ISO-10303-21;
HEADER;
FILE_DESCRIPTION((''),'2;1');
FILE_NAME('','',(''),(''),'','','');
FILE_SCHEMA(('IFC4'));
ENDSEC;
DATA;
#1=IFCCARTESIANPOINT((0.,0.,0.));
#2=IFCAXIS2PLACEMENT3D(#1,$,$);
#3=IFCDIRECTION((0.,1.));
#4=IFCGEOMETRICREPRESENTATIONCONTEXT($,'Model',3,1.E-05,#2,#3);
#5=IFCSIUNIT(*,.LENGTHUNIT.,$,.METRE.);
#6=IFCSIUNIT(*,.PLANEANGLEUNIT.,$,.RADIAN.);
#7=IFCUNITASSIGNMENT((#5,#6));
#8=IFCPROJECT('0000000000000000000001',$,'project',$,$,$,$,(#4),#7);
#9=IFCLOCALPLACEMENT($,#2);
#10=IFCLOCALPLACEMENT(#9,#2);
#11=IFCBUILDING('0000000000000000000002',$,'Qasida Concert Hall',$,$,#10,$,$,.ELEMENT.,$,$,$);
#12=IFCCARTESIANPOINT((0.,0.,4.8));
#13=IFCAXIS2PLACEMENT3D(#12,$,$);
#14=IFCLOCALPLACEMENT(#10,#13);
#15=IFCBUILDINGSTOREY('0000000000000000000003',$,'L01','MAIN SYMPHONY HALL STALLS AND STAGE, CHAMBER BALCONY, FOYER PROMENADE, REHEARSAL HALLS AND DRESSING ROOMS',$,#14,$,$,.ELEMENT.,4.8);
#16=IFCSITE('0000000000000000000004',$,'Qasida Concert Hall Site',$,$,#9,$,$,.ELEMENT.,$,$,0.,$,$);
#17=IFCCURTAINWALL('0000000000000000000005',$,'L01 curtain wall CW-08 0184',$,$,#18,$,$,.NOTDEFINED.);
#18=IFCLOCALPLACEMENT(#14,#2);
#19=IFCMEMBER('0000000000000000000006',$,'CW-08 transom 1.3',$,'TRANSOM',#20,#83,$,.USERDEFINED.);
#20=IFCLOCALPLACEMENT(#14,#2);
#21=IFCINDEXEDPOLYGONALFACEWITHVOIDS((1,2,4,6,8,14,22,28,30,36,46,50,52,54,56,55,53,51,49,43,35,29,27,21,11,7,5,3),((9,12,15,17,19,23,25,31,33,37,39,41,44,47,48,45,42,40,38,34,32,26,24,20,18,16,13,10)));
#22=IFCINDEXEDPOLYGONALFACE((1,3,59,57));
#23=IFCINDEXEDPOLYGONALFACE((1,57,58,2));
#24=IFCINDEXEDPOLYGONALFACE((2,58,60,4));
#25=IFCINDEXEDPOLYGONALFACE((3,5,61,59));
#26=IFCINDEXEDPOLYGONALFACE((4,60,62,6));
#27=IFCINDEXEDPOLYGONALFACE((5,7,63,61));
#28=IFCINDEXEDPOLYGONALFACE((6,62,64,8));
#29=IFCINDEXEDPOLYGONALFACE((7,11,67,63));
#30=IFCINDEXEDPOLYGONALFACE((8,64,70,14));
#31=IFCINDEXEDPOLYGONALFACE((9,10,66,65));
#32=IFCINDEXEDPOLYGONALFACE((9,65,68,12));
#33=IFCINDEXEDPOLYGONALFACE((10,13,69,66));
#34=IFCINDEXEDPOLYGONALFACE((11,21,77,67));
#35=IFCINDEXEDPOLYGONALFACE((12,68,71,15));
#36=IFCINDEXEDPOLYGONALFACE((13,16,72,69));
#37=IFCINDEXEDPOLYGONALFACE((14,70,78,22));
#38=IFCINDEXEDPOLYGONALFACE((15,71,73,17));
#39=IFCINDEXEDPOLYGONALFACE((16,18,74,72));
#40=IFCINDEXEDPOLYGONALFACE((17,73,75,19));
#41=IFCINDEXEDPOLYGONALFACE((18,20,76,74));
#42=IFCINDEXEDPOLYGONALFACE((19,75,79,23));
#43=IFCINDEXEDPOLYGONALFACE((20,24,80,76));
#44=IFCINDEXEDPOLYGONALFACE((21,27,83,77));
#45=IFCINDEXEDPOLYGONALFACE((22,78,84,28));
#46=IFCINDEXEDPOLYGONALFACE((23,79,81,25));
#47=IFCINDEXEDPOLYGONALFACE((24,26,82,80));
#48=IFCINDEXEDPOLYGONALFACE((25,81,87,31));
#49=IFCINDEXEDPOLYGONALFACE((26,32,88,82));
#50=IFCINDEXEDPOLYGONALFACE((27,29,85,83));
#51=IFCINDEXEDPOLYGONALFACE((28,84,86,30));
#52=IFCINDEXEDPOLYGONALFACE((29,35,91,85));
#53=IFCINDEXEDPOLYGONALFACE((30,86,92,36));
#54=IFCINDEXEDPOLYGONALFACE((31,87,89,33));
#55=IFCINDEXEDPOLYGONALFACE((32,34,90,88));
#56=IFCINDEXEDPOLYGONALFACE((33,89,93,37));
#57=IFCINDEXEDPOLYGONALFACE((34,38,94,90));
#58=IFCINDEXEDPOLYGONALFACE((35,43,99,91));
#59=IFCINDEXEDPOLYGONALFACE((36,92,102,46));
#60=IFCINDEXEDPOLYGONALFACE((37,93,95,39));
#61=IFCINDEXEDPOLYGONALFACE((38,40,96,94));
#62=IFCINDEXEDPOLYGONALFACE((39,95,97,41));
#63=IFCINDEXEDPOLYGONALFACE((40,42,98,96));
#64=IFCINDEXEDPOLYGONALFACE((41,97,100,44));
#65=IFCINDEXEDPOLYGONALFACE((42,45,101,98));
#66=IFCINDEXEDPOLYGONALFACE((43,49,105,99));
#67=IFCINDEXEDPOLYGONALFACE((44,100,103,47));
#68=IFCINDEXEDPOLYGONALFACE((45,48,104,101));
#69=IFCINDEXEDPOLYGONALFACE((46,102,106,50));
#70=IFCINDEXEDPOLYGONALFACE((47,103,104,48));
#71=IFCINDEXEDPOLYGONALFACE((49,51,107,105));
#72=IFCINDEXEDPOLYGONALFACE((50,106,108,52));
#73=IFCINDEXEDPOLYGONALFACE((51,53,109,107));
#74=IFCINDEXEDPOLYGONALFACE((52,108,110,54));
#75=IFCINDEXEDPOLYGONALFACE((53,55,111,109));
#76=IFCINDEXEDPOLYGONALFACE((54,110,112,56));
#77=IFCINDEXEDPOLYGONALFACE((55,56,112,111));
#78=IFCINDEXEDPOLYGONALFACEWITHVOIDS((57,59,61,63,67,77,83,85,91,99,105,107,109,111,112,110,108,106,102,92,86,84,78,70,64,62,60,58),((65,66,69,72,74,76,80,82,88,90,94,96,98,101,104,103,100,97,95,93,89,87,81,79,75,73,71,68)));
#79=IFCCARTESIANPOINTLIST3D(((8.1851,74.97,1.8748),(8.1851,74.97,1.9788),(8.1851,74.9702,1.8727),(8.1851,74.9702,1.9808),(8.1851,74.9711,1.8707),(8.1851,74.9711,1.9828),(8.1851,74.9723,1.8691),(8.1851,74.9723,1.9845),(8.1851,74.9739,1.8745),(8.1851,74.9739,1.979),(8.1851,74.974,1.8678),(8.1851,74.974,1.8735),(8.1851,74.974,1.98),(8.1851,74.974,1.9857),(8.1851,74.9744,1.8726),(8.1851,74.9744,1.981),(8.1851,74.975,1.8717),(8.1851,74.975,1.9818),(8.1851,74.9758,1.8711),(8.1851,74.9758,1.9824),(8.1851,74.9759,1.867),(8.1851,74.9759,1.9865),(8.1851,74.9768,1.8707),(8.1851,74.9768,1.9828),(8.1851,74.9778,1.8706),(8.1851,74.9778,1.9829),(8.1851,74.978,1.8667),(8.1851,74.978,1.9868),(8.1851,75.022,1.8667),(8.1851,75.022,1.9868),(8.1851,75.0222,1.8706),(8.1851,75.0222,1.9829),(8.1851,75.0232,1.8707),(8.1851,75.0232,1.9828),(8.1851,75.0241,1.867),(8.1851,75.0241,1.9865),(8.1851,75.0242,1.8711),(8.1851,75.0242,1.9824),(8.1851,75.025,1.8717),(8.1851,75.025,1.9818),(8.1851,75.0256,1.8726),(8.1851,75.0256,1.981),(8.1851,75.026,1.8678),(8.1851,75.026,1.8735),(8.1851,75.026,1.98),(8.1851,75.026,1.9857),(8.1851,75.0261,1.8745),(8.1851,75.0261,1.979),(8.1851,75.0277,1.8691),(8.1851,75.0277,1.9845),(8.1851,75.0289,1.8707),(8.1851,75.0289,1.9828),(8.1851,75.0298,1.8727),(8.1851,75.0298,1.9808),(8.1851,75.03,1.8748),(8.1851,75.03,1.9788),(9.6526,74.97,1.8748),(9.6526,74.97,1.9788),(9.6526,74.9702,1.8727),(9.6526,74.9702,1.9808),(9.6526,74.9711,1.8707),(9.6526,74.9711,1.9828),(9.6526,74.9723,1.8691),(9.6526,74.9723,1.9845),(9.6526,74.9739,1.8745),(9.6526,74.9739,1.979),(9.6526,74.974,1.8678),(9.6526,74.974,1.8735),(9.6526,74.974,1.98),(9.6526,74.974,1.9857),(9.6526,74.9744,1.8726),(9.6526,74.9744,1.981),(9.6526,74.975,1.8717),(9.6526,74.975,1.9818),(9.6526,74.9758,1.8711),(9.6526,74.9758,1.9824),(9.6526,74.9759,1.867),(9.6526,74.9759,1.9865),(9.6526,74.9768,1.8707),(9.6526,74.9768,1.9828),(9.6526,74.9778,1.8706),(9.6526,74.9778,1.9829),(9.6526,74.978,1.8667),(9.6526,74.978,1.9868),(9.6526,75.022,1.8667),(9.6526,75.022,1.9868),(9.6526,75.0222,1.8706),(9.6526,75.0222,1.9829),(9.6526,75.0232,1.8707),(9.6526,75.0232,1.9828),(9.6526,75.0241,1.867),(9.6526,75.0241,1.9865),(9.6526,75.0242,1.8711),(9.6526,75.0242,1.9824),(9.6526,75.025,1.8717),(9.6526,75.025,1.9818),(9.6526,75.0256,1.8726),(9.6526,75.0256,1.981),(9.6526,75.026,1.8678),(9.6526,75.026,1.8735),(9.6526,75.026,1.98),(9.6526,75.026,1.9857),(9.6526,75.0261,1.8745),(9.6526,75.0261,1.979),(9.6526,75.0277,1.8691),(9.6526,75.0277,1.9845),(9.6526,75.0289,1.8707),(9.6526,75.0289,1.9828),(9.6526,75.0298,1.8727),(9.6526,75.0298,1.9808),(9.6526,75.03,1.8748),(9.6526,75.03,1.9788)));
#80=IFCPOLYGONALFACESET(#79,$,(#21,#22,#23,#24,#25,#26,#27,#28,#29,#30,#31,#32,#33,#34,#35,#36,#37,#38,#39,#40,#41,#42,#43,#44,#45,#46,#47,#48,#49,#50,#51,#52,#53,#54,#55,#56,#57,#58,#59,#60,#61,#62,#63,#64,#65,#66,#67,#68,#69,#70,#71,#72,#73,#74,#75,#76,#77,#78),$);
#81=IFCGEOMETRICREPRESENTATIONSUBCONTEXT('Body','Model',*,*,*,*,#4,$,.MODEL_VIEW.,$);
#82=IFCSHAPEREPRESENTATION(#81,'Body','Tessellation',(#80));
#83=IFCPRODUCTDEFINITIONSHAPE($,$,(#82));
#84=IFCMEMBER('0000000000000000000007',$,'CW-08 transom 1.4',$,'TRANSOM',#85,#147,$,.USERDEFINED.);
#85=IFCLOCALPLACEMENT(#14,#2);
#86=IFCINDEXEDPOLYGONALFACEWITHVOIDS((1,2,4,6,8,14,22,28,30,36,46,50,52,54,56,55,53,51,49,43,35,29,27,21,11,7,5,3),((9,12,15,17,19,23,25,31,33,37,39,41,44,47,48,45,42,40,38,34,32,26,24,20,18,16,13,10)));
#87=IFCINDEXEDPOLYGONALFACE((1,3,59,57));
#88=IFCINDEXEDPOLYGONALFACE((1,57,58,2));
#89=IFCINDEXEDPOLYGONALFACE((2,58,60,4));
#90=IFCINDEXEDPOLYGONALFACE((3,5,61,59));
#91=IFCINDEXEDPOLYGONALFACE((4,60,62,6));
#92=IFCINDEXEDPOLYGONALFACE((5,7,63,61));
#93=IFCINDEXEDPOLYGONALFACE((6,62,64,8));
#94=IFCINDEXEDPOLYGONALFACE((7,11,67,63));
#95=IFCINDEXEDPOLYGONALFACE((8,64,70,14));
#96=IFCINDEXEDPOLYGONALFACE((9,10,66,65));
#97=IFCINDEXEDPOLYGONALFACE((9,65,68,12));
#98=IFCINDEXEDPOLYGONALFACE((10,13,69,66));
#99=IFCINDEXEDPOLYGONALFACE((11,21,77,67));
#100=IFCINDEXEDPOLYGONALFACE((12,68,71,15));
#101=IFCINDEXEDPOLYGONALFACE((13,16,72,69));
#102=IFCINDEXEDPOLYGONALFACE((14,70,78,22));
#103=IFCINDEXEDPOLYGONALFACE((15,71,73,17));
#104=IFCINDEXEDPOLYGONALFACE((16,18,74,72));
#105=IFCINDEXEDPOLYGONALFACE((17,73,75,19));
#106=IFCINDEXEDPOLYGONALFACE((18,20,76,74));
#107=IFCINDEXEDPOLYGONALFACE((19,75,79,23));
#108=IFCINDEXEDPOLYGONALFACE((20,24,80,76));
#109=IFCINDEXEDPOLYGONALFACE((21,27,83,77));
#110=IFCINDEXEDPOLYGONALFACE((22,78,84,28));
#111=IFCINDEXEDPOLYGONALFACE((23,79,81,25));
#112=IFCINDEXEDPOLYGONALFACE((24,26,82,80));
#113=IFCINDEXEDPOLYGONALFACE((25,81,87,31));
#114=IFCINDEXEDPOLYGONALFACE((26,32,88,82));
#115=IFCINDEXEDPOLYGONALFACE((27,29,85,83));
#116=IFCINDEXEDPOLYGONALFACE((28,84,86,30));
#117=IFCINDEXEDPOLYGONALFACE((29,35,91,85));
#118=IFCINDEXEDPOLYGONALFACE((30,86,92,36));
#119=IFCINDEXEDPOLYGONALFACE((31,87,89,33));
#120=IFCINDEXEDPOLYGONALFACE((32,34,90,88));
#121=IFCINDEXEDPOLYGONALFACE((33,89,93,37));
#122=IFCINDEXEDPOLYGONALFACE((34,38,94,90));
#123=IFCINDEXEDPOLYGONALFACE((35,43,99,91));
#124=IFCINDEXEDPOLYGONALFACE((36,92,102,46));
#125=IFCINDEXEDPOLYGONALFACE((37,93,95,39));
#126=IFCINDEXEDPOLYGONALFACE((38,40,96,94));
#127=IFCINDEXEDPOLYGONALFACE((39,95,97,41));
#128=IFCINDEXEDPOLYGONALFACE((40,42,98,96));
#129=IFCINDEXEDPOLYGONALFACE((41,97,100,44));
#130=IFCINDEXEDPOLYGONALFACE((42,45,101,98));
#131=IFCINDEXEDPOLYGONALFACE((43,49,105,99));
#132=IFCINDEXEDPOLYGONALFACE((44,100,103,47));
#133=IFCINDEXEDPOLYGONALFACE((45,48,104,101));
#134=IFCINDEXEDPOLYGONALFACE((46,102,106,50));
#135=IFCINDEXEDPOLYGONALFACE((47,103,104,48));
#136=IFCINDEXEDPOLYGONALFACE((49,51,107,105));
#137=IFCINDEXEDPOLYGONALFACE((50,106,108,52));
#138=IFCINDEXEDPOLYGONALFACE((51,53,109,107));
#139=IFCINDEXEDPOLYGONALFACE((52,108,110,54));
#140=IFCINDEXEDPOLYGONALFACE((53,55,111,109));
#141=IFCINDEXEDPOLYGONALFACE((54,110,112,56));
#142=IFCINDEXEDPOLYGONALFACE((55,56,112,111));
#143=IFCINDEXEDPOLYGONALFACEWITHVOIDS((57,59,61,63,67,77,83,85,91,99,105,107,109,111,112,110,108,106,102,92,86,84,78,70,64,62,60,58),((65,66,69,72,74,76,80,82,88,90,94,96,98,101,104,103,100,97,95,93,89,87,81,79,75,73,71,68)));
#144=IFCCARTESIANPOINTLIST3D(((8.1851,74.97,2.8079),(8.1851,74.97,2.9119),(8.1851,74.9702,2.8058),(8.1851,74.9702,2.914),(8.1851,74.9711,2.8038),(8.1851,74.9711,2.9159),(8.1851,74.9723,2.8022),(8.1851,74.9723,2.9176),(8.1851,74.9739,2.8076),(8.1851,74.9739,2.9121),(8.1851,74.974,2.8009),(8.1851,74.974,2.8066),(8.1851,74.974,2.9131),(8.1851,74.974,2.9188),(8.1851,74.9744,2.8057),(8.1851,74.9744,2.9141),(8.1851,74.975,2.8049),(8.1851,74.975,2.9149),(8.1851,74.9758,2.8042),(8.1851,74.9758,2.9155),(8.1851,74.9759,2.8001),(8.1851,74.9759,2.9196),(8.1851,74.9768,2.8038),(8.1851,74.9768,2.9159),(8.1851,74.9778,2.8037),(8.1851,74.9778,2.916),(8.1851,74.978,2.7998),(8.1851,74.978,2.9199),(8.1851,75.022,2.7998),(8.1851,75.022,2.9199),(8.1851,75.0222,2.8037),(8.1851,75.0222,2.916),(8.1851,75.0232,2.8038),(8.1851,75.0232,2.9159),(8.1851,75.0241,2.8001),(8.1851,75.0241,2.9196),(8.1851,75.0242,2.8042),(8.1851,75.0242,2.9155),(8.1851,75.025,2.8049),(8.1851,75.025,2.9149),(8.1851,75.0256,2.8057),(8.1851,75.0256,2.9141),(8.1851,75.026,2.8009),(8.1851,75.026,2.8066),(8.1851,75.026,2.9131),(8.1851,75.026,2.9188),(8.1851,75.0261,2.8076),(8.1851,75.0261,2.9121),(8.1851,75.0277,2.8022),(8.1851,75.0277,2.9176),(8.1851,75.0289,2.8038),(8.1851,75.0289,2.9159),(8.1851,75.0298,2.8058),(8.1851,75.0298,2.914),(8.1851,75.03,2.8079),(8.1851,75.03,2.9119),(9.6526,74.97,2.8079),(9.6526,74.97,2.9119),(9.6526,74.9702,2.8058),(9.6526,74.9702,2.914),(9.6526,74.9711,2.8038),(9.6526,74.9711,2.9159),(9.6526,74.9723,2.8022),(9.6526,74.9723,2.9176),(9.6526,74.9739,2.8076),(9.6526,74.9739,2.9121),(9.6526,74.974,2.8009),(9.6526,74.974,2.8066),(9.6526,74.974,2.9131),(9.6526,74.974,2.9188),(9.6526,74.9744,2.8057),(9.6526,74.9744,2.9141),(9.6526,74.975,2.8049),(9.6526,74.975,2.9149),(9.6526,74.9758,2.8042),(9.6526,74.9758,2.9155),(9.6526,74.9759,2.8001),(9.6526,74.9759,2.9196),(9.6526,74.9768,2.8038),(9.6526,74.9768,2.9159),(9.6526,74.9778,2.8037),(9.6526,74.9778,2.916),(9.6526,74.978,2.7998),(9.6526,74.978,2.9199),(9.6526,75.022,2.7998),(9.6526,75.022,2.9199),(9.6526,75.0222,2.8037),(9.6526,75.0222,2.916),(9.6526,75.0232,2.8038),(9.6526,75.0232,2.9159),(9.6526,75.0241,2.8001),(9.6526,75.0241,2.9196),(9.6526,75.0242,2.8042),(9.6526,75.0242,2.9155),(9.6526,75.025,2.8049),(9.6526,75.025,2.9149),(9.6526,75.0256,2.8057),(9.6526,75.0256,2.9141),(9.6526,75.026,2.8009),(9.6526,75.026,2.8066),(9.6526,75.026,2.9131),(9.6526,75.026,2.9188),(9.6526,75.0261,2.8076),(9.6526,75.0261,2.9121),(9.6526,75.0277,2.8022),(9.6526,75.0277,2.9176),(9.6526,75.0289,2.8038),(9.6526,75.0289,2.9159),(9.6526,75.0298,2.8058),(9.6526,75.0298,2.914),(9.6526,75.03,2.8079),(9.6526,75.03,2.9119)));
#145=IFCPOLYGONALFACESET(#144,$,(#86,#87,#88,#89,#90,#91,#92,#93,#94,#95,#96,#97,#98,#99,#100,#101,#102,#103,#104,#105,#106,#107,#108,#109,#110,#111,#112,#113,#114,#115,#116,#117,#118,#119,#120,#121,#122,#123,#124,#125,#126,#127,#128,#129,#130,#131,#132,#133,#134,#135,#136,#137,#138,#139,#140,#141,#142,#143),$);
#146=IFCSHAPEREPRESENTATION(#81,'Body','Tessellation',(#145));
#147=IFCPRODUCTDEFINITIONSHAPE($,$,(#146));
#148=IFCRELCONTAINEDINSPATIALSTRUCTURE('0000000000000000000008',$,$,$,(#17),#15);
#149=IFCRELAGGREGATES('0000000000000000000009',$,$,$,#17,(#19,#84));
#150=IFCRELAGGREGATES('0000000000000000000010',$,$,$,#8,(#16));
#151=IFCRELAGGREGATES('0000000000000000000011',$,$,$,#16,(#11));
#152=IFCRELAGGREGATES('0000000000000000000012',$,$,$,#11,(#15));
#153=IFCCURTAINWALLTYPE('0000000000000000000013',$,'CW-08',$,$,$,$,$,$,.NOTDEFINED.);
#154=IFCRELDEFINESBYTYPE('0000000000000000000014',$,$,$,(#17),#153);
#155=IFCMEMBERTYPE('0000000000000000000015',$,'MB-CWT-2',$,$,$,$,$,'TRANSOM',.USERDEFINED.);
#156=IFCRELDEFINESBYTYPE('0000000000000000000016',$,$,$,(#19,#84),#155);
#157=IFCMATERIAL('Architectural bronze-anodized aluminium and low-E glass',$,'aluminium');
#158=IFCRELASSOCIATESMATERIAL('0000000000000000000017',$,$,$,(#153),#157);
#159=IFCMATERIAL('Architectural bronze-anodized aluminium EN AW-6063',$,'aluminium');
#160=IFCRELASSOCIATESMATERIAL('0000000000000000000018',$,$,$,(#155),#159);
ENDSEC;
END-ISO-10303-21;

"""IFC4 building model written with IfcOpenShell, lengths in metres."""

from ifc_helpers import new_model, si_unit, direction, frame, origin, origin_2d, place, context, subcontext, project, spatial, hollow_rectangle, extrude, material, material_profile, profile_set, type_object, element, aggregate, save


model = new_model("IFC4")

# Units and contexts
model_context = context("Model", 3, precision=1e-05, world=origin(), true_north=direction((0.0, 1.0)))
body_context = subcontext(model_context, "Body", "Model", "MODEL_VIEW")
ifc_project = project(units=[si_unit("LENGTHUNIT", "METRE"), si_unit("PLANEANGLEUNIT", "RADIAN")], contexts=[model_context])

# Site, building, storey
site_placement = place(None, origin())
site = spatial("IfcSite", under=ifc_project, at=site_placement, Name="Qasida Concert Hall Site", CompositionType="ELEMENT", RefElevation=0.0)
building_placement = place(site_placement, origin())
building = spatial("IfcBuilding", under=site, at=building_placement, Name="Qasida Concert Hall", CompositionType="ELEMENT")
storey_placement = place(building_placement, frame((0.0, 0.0, 4.8)))
storey = spatial("IfcBuildingStorey", under=building, at=storey_placement, Name="L01", Description="MAIN SYMPHONY HALL STALLS AND STAGE, CHAMBER BALCONY, FOYER PROMENADE, REHEARSAL HALLS AND DRESSING ROOMS", CompositionType="ELEMENT", Elevation=4.8)

# Curtain wall
ifc_material_1 = material(Name="Architectural bronze-anodized aluminium and low-E glass", Category="aluminium")
ifc_material_2 = material(Name="Architectural bronze-anodized aluminium EN AW-6063", Category="aluminium")
curtain_wall_type_1 = type_object("IfcCurtainWallType", Name="CW-08", PredefinedType="NOTDEFINED", material=ifc_material_1)
curtain_wall_1_placement = place(storey_placement, origin())
curtain_wall_1 = element("IfcCurtainWall", 1, at=curtain_wall_1_placement, inside=storey, type_object=curtain_wall_type_1, Name="L01 curtain wall CW-08 0184", PredefinedType="NOTDEFINED")

# Members
ifc_material_profile_1 = material_profile(ifc_material_2, hollow_rectangle(XDim=0.0601, YDim=0.1201, WallThickness=0.0039, InnerFilletRadius=0.0039, OuterFilletRadius=0.0081, at=origin_2d()), Name="CWT 120x60x4")
ifc_profile_set_1 = profile_set([ifc_material_profile_1], Name="Architectural bronze-anodized aluminium EN AW-6063")
member_type_1 = type_object("IfcMemberType", Name="MB-CWT-2", ElementType="TRANSOM", PredefinedType="USERDEFINED", material=ifc_profile_set_1)
member_1_placement = place(storey_placement, frame((8.1851, 75.0, 1.9268), z_axis=(1.0, 0.0, 0.0), x_axis=(0.0, 1.0, 0.0)))
member_1 = element("IfcMember", 2, at=member_1_placement, type_object=member_type_1, Name="CW-08 transom 1.3", ObjectType="TRANSOM", PredefinedType="USERDEFINED", context=body_context, shape_type="SweptSolid", body=[
    extrude(hollow_rectangle(XDim=0.0601, YDim=0.1201, WallThickness=0.0039, InnerFilletRadius=0.0039, OuterFilletRadius=0.0081, at=origin_2d()), origin(), (0.0, 0.0, 1.0), 1.4675),
])
member_2_placement = place(storey_placement, frame((8.1851, 75.0, 2.8599), z_axis=(1.0, 0.0, 0.0), x_axis=(0.0, 1.0, 0.0)))
member_2 = element("IfcMember", 3, at=member_2_placement, type_object=member_type_1, Name="CW-08 transom 1.4", ObjectType="TRANSOM", PredefinedType="USERDEFINED", context=body_context, shape_type="SweptSolid", body=[
    extrude(hollow_rectangle(XDim=0.0601, YDim=0.1201, WallThickness=0.0039, InnerFilletRadius=0.0039, OuterFilletRadius=0.0081, at=origin_2d()), origin(), (0.0, 0.0, 1.0), 1.4675),
])

aggregate(curtain_wall_1, [member_1, member_2])

save(model, "model.ifc")
